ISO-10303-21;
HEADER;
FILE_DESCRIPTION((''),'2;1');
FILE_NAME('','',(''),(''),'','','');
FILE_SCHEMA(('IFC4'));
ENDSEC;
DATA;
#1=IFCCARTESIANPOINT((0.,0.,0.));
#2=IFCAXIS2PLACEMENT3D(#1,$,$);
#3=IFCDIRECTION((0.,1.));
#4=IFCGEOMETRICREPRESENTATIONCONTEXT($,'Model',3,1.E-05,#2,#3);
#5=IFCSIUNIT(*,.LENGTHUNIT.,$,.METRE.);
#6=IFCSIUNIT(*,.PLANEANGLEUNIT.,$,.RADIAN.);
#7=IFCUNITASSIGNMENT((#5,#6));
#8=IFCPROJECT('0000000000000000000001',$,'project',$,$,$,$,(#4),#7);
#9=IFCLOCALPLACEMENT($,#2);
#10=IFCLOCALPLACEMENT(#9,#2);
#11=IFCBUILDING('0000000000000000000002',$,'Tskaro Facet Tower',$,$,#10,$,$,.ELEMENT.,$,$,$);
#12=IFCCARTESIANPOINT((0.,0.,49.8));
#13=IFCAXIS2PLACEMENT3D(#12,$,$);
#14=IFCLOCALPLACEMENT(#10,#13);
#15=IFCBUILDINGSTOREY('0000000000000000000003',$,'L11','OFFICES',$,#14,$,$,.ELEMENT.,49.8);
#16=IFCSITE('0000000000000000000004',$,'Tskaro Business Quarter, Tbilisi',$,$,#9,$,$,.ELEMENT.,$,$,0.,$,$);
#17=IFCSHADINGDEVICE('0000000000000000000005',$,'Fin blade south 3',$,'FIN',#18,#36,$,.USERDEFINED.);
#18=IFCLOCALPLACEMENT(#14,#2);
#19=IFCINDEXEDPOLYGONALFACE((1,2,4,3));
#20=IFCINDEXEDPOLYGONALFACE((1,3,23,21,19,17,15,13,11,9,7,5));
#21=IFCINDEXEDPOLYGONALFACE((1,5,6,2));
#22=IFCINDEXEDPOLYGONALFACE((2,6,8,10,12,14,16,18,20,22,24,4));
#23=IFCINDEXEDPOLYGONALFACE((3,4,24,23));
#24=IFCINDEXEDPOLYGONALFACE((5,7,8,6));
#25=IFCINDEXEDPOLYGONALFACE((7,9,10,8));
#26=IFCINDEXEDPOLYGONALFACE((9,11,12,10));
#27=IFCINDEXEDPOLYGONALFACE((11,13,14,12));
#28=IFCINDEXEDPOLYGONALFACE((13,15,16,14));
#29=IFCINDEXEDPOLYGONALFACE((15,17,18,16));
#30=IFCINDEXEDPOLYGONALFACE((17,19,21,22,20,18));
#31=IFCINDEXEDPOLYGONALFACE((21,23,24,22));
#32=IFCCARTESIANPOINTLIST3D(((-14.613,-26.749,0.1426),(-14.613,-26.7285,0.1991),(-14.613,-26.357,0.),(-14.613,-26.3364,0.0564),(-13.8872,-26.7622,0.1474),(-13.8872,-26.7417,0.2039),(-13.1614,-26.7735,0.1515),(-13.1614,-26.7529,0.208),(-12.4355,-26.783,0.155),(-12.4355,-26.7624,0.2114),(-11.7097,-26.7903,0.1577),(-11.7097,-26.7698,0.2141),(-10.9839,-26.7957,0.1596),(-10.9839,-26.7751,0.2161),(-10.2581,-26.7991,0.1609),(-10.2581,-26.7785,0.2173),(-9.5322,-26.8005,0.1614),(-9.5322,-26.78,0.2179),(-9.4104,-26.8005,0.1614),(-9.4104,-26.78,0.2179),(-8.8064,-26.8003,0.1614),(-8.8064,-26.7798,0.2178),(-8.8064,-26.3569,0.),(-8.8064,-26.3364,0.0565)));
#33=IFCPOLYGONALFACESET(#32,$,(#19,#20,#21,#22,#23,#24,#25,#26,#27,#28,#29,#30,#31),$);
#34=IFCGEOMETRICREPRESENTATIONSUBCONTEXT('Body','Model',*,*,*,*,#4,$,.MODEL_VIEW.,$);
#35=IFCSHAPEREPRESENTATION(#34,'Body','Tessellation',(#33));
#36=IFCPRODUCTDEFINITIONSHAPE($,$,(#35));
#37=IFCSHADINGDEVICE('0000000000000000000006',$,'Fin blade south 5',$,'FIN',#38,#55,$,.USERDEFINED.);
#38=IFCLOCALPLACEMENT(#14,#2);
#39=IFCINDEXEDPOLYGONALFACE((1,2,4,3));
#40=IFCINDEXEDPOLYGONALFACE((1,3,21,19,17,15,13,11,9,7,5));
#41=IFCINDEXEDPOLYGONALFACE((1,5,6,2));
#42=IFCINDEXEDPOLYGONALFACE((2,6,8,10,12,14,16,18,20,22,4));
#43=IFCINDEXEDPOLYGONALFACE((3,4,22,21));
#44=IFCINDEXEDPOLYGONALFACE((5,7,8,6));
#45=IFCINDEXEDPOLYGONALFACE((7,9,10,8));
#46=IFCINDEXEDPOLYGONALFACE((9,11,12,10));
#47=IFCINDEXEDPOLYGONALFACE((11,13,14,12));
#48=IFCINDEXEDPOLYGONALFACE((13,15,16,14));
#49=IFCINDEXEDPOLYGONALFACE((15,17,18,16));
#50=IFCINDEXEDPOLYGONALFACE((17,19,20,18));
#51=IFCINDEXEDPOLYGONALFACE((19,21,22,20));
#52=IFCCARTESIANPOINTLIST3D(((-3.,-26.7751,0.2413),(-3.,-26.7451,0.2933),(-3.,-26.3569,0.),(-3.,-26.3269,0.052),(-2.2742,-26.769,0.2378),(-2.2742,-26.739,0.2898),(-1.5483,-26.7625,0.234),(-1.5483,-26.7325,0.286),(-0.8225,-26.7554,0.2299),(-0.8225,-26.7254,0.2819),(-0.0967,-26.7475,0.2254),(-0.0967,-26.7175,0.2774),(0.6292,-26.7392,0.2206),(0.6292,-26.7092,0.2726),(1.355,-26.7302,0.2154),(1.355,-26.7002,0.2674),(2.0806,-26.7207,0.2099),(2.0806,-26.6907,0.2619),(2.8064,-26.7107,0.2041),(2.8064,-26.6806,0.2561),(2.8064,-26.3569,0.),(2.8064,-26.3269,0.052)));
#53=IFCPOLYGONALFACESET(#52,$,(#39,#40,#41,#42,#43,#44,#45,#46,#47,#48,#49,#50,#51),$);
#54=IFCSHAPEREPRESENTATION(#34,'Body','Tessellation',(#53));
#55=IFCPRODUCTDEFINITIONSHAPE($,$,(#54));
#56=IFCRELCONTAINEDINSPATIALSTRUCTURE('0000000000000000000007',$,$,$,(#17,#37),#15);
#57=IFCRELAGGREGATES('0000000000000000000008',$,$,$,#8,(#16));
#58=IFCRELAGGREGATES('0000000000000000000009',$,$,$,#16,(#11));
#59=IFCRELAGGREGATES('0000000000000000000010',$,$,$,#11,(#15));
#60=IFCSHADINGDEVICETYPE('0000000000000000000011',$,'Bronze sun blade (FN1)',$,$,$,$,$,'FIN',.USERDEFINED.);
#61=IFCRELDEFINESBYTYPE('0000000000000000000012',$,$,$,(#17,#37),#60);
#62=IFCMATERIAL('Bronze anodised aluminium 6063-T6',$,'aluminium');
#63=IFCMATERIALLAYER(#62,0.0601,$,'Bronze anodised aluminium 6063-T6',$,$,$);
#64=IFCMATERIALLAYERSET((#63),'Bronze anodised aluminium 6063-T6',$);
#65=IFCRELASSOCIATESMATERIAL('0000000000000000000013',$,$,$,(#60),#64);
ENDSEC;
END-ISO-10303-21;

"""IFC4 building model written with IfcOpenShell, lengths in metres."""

from ifc_helpers import new_model, si_unit, direction, frame, origin, place, context, subcontext, project, spatial, polyline, outline, extrude, material, layer, layer_set, type_object, element, save


model = new_model("IFC4")

# Units and contexts
model_context = context("Model", 3, precision=1e-05, world=origin(), true_north=direction((0.0, 1.0)))
body_context = subcontext(model_context, "Body", "Model", "MODEL_VIEW")
ifc_project = project(units=[si_unit("LENGTHUNIT", "METRE"), si_unit("PLANEANGLEUNIT", "RADIAN")], contexts=[model_context])

# Site, building, storey
site_placement = place(None, origin())
site = spatial("IfcSite", under=ifc_project, at=site_placement, Name="Tskaro Business Quarter, Tbilisi", CompositionType="ELEMENT", RefElevation=0.0)
building_placement = place(site_placement, origin())
building = spatial("IfcBuilding", under=site, at=building_placement, Name="Tskaro Facet Tower", CompositionType="ELEMENT")
storey_placement = place(building_placement, frame((0.0, 0.0, 49.8)))
storey = spatial("IfcBuildingStorey", under=building, at=storey_placement, Name="L11", Description="OFFICES", CompositionType="ELEMENT", Elevation=49.8)

# Shared definitions
ifc_material_1 = material(Name="Bronze anodised aluminium 6063-T6", Category="aluminium")

# Shading devices
ifc_layer_1 = layer(ifc_material_1, 0.0601, Name="Bronze anodised aluminium 6063-T6")
ifc_layer_set_1 = layer_set([ifc_layer_1], Name="Bronze anodised aluminium 6063-T6")
shading_device_type = type_object("IfcShadingDeviceType", Name="Bronze sun blade (FN1)", ElementType="FIN", PredefinedType="USERDEFINED", material=ifc_layer_set_1)
shading_device_1_placement = place(storey_placement, frame((-14.613, -26.3364, 0.0564), z_axis=(-0.000011, 0.341954, 0.939717), x_axis=(1.0, 0.000004, 0.00001)))
element("IfcShadingDevice", 1, at=shading_device_1_placement, inside=storey, type_object=shading_device_type, Name="Fin blade south 3", ObjectType="FIN", PredefinedType="USERDEFINED", context=body_context, shape_type="SweptSolid", body=[
    extrude(outline(polyline([(0.0, 0.0), (5.8066, 0.0), (5.8066, -0.4718), (5.2026, -0.472), (5.0808, -0.472), (4.355, -0.4705), (3.6292, -0.4669), (2.9033, -0.4612), (2.1775, -0.4534), (1.4517, -0.4432), (0.7258, -0.4313), (0.0, -0.4172), (0.0, 0.0)])), origin(), (0.0, 0.0, -1.0), 0.0601),
])
shading_device_2_placement = place(storey_placement, frame((-3.0, -26.3269, 0.052), z_axis=(-0.000007, 0.499771, 0.866157), x_axis=(1.0, 0.000003, 0.000006)))
element("IfcShadingDevice", 2, at=shading_device_2_placement, inside=storey, type_object=shading_device_type, Name="Fin blade south 5", ObjectType="FIN", PredefinedType="USERDEFINED", context=body_context, shape_type="SweptSolid", body=[
    extrude(outline(polyline([(0.0, 0.0), (5.8064, 0.0), (5.8064, -0.4084), (5.0806, -0.42), (4.355, -0.4309), (3.6292, -0.4413), (2.9033, -0.451), (2.1775, -0.46), (1.4517, -0.4683), (0.7258, -0.4758), (0.0, -0.4828), (0.0, 0.0)])), origin(), (0.0, 0.0, -1.0), 0.0601),
])

save(model, "model.ifc")
